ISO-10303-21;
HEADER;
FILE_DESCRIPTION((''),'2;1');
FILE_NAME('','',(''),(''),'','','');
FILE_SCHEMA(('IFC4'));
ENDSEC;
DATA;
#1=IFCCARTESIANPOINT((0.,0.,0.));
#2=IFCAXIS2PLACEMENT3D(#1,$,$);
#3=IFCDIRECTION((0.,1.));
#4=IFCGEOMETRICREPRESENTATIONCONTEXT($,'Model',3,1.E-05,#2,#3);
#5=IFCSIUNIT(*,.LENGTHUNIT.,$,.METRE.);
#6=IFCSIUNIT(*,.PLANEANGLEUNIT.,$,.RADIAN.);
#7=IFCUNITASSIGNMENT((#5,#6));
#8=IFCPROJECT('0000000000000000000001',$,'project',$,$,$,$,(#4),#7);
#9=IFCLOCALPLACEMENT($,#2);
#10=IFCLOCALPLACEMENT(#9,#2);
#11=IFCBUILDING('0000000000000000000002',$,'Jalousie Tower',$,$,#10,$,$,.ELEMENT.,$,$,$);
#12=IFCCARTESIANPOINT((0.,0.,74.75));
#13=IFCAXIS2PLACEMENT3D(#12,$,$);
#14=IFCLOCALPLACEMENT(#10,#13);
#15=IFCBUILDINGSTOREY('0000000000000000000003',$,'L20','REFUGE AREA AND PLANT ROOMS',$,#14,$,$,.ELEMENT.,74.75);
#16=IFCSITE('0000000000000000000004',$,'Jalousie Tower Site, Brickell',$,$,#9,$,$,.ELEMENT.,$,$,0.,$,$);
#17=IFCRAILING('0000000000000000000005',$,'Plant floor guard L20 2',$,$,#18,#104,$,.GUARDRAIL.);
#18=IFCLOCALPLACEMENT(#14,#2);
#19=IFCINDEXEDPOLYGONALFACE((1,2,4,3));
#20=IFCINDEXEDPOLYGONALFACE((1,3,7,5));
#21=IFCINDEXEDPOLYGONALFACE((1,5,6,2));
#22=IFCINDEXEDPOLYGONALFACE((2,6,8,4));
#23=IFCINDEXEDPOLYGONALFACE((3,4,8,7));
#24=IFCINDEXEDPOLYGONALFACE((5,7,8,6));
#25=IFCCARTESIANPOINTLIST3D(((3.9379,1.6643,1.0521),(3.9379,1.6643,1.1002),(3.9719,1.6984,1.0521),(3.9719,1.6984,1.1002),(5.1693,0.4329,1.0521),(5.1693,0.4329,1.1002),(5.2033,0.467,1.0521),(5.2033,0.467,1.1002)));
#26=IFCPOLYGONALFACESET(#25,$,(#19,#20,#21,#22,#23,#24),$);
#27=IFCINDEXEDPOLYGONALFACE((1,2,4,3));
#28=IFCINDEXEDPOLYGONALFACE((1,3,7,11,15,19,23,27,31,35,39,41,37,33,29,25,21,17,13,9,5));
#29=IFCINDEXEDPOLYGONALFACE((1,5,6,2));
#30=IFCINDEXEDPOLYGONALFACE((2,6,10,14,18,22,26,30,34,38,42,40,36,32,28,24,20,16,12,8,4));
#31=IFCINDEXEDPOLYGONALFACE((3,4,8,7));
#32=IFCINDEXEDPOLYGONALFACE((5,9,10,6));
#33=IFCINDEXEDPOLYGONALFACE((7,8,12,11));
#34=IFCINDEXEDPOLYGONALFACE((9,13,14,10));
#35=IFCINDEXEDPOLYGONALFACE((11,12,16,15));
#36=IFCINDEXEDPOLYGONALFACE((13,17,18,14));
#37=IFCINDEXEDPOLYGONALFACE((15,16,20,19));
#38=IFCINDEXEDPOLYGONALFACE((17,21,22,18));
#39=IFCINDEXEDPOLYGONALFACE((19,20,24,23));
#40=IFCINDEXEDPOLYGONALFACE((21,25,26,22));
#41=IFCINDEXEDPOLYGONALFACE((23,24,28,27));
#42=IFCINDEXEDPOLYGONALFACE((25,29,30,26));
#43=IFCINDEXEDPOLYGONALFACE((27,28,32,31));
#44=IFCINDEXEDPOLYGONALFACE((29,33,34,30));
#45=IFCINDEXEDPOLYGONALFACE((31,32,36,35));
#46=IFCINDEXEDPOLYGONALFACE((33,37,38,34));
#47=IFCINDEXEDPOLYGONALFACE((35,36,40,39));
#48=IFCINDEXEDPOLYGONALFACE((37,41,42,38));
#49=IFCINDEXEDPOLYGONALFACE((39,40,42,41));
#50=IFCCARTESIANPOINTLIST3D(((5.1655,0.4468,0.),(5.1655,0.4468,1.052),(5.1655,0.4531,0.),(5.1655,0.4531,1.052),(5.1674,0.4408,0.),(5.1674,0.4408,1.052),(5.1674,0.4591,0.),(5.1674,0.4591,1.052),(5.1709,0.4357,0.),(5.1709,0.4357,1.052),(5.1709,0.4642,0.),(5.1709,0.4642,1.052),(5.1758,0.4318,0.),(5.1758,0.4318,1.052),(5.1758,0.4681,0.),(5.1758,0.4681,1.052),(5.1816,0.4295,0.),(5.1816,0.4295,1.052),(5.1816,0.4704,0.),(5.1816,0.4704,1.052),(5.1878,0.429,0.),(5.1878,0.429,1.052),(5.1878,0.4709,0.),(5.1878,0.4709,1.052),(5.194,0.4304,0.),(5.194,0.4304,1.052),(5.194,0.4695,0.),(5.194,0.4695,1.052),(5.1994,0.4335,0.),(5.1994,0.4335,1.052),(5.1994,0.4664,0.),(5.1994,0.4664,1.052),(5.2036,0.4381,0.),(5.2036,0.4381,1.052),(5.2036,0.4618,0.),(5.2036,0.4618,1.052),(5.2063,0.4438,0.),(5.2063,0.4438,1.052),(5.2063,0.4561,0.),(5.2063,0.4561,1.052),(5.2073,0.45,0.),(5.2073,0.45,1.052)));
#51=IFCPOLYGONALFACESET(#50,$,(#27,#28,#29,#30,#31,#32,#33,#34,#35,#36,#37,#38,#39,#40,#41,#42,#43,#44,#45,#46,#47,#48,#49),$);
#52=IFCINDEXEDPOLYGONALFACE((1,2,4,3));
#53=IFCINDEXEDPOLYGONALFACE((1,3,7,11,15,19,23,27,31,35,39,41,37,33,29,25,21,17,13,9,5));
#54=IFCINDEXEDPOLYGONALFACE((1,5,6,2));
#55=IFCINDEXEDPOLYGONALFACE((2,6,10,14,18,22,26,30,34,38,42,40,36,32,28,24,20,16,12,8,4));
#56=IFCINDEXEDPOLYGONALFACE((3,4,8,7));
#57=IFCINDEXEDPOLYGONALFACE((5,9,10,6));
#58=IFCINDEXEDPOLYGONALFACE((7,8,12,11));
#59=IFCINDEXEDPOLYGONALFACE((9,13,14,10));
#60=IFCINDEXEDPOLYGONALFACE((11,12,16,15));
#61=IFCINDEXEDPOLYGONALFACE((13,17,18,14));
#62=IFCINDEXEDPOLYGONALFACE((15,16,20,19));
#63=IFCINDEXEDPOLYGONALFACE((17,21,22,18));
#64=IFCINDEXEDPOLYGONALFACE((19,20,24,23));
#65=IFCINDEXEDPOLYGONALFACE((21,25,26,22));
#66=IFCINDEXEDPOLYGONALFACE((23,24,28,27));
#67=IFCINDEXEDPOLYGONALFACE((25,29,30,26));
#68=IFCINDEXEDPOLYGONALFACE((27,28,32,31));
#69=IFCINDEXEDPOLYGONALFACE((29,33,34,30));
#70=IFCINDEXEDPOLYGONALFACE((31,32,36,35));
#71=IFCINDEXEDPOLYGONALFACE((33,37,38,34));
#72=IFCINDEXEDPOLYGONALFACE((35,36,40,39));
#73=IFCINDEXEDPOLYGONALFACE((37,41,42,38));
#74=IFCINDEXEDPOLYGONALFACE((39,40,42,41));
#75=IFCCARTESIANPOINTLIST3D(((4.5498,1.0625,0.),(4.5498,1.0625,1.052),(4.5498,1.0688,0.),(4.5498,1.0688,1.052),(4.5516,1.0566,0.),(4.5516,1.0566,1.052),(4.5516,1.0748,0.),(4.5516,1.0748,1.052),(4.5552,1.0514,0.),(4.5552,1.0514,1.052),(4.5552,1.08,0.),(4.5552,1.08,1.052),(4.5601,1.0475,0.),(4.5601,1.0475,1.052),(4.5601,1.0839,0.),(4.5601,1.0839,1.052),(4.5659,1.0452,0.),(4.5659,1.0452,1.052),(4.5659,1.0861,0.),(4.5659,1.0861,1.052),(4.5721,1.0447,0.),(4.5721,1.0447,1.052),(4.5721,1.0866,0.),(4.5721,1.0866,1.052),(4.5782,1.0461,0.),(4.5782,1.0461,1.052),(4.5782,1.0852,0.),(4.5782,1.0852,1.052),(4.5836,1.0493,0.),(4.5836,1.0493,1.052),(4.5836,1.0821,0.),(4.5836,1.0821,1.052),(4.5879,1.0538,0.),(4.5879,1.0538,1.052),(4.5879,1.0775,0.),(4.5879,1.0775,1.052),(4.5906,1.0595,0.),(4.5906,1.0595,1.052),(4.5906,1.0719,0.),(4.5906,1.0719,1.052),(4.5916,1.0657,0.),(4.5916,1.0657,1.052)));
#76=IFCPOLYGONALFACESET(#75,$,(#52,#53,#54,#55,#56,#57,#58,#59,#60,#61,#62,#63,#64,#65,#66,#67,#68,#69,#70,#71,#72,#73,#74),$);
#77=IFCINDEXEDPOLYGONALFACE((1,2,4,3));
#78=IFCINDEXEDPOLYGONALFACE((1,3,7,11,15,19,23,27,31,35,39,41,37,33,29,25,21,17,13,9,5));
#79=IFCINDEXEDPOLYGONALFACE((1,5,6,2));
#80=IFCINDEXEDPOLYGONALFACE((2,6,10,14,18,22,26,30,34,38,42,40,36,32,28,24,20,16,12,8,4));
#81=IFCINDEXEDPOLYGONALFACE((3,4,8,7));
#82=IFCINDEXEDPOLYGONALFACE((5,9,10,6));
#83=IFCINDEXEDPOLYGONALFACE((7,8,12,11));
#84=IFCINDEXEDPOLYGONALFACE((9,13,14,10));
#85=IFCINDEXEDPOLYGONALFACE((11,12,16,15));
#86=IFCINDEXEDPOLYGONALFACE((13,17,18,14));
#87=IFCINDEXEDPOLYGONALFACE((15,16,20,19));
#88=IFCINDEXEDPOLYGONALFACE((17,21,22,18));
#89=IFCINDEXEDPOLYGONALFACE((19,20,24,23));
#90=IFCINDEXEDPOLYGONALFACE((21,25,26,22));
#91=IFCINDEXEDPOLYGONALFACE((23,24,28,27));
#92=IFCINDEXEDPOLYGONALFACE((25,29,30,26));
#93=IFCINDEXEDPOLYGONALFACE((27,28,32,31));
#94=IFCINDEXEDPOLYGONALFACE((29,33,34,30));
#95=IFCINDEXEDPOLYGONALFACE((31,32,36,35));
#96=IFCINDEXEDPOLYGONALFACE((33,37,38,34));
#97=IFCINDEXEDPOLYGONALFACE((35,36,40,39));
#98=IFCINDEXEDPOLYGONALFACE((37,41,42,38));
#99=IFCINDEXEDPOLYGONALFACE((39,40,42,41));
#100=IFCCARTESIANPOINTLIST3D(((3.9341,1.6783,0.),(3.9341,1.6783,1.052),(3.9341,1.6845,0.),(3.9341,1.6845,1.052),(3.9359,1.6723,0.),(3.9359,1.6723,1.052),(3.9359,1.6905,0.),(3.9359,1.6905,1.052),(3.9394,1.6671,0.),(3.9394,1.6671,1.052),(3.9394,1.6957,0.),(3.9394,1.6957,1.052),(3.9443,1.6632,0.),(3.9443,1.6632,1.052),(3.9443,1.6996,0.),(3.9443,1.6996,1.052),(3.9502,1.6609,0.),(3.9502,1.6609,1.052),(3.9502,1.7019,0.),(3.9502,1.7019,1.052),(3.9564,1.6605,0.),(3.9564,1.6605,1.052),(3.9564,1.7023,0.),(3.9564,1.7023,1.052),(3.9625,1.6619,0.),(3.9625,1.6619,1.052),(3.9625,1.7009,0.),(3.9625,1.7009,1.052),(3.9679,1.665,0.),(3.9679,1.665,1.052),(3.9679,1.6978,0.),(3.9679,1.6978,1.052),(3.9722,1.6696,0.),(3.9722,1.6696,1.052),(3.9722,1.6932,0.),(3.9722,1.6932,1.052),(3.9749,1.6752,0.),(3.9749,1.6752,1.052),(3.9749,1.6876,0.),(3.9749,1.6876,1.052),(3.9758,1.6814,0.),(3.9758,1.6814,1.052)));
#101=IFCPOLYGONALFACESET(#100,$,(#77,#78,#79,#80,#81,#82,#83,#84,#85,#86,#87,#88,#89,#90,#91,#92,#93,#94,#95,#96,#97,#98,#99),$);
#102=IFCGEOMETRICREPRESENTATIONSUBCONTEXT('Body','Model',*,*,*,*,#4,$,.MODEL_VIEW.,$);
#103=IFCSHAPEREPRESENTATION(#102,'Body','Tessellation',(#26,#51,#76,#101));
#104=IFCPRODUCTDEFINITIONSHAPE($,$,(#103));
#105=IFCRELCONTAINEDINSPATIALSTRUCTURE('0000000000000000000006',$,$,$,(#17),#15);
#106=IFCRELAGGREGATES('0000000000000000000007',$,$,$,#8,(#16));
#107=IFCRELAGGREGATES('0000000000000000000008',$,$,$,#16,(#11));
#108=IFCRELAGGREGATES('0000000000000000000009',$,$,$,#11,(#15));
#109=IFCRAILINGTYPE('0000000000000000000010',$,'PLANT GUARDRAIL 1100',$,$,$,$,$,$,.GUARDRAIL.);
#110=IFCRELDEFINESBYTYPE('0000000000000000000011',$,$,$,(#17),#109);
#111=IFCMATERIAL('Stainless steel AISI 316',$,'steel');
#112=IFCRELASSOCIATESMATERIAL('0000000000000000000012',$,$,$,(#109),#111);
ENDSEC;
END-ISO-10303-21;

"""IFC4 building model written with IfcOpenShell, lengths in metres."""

from ifc_helpers import new_model, si_unit, direction, frame, origin, origin_2d, place, context, subcontext, project, spatial, rectangle, circle, extrude, material, type_object, element, save


model = new_model("IFC4")

# Units and contexts
model_context = context("Model", 3, precision=1e-05, world=origin(), true_north=direction((0.0, 1.0)))
body_context = subcontext(model_context, "Body", "Model", "MODEL_VIEW")
ifc_project = project(units=[si_unit("LENGTHUNIT", "METRE"), si_unit("PLANEANGLEUNIT", "RADIAN")], contexts=[model_context])

# Site, building, storey
site_placement = place(None, origin())
site = spatial("IfcSite", under=ifc_project, at=site_placement, Name="Jalousie Tower Site, Brickell", CompositionType="ELEMENT", RefElevation=0.0)
building_placement = place(site_placement, origin())
building = spatial("IfcBuilding", under=site, at=building_placement, Name="Jalousie Tower", CompositionType="ELEMENT")
storey_placement = place(building_placement, frame((0.0, 0.0, 74.75)))
storey = spatial("IfcBuildingStorey", under=building, at=storey_placement, Name="L20", Description="REFUGE AREA AND PLANT ROOMS", CompositionType="ELEMENT", Elevation=74.75)

# Railing
ifc_material_1 = material(Name="Stainless steel AISI 316", Category="steel")
railing_type = type_object("IfcRailingType", Name="PLANT GUARDRAIL 1100", PredefinedType="GUARDRAIL", material=ifc_material_1)
railing_1_placement = place(storey_placement, frame((5.1863, 0.45, 0.0)))
element("IfcRailing", 1, at=railing_1_placement, inside=storey, type_object=railing_type, Name="Plant floor guard L20 2", PredefinedType="GUARDRAIL", context=body_context, shape_type="SweptSolid", body=[
    extrude(rectangle(XDim=0.0481, YDim=0.0481, at=origin_2d()), frame((0.0, 0.0, 1.0762), z_axis=(-0.707107, 0.707107, 0.0), x_axis=(-0.707107, -0.707107, 0.0)), (0.0, 0.0, 1.0), 1.7415),
    extrude(circle(Radius=0.021, at=origin_2d()), origin(), (0.0, 0.0, 1.0), 1.052),
    extrude(circle(Radius=0.021, at=origin_2d()), frame((-0.6157, 0.6157, 0.0)), (0.0, 0.0, 1.0), 1.052),
    extrude(circle(Radius=0.021, at=origin_2d()), frame((-1.2314, 1.2314, 0.0)), (0.0, 0.0, 1.0), 1.052),
])

save(model, "model.ifc")
